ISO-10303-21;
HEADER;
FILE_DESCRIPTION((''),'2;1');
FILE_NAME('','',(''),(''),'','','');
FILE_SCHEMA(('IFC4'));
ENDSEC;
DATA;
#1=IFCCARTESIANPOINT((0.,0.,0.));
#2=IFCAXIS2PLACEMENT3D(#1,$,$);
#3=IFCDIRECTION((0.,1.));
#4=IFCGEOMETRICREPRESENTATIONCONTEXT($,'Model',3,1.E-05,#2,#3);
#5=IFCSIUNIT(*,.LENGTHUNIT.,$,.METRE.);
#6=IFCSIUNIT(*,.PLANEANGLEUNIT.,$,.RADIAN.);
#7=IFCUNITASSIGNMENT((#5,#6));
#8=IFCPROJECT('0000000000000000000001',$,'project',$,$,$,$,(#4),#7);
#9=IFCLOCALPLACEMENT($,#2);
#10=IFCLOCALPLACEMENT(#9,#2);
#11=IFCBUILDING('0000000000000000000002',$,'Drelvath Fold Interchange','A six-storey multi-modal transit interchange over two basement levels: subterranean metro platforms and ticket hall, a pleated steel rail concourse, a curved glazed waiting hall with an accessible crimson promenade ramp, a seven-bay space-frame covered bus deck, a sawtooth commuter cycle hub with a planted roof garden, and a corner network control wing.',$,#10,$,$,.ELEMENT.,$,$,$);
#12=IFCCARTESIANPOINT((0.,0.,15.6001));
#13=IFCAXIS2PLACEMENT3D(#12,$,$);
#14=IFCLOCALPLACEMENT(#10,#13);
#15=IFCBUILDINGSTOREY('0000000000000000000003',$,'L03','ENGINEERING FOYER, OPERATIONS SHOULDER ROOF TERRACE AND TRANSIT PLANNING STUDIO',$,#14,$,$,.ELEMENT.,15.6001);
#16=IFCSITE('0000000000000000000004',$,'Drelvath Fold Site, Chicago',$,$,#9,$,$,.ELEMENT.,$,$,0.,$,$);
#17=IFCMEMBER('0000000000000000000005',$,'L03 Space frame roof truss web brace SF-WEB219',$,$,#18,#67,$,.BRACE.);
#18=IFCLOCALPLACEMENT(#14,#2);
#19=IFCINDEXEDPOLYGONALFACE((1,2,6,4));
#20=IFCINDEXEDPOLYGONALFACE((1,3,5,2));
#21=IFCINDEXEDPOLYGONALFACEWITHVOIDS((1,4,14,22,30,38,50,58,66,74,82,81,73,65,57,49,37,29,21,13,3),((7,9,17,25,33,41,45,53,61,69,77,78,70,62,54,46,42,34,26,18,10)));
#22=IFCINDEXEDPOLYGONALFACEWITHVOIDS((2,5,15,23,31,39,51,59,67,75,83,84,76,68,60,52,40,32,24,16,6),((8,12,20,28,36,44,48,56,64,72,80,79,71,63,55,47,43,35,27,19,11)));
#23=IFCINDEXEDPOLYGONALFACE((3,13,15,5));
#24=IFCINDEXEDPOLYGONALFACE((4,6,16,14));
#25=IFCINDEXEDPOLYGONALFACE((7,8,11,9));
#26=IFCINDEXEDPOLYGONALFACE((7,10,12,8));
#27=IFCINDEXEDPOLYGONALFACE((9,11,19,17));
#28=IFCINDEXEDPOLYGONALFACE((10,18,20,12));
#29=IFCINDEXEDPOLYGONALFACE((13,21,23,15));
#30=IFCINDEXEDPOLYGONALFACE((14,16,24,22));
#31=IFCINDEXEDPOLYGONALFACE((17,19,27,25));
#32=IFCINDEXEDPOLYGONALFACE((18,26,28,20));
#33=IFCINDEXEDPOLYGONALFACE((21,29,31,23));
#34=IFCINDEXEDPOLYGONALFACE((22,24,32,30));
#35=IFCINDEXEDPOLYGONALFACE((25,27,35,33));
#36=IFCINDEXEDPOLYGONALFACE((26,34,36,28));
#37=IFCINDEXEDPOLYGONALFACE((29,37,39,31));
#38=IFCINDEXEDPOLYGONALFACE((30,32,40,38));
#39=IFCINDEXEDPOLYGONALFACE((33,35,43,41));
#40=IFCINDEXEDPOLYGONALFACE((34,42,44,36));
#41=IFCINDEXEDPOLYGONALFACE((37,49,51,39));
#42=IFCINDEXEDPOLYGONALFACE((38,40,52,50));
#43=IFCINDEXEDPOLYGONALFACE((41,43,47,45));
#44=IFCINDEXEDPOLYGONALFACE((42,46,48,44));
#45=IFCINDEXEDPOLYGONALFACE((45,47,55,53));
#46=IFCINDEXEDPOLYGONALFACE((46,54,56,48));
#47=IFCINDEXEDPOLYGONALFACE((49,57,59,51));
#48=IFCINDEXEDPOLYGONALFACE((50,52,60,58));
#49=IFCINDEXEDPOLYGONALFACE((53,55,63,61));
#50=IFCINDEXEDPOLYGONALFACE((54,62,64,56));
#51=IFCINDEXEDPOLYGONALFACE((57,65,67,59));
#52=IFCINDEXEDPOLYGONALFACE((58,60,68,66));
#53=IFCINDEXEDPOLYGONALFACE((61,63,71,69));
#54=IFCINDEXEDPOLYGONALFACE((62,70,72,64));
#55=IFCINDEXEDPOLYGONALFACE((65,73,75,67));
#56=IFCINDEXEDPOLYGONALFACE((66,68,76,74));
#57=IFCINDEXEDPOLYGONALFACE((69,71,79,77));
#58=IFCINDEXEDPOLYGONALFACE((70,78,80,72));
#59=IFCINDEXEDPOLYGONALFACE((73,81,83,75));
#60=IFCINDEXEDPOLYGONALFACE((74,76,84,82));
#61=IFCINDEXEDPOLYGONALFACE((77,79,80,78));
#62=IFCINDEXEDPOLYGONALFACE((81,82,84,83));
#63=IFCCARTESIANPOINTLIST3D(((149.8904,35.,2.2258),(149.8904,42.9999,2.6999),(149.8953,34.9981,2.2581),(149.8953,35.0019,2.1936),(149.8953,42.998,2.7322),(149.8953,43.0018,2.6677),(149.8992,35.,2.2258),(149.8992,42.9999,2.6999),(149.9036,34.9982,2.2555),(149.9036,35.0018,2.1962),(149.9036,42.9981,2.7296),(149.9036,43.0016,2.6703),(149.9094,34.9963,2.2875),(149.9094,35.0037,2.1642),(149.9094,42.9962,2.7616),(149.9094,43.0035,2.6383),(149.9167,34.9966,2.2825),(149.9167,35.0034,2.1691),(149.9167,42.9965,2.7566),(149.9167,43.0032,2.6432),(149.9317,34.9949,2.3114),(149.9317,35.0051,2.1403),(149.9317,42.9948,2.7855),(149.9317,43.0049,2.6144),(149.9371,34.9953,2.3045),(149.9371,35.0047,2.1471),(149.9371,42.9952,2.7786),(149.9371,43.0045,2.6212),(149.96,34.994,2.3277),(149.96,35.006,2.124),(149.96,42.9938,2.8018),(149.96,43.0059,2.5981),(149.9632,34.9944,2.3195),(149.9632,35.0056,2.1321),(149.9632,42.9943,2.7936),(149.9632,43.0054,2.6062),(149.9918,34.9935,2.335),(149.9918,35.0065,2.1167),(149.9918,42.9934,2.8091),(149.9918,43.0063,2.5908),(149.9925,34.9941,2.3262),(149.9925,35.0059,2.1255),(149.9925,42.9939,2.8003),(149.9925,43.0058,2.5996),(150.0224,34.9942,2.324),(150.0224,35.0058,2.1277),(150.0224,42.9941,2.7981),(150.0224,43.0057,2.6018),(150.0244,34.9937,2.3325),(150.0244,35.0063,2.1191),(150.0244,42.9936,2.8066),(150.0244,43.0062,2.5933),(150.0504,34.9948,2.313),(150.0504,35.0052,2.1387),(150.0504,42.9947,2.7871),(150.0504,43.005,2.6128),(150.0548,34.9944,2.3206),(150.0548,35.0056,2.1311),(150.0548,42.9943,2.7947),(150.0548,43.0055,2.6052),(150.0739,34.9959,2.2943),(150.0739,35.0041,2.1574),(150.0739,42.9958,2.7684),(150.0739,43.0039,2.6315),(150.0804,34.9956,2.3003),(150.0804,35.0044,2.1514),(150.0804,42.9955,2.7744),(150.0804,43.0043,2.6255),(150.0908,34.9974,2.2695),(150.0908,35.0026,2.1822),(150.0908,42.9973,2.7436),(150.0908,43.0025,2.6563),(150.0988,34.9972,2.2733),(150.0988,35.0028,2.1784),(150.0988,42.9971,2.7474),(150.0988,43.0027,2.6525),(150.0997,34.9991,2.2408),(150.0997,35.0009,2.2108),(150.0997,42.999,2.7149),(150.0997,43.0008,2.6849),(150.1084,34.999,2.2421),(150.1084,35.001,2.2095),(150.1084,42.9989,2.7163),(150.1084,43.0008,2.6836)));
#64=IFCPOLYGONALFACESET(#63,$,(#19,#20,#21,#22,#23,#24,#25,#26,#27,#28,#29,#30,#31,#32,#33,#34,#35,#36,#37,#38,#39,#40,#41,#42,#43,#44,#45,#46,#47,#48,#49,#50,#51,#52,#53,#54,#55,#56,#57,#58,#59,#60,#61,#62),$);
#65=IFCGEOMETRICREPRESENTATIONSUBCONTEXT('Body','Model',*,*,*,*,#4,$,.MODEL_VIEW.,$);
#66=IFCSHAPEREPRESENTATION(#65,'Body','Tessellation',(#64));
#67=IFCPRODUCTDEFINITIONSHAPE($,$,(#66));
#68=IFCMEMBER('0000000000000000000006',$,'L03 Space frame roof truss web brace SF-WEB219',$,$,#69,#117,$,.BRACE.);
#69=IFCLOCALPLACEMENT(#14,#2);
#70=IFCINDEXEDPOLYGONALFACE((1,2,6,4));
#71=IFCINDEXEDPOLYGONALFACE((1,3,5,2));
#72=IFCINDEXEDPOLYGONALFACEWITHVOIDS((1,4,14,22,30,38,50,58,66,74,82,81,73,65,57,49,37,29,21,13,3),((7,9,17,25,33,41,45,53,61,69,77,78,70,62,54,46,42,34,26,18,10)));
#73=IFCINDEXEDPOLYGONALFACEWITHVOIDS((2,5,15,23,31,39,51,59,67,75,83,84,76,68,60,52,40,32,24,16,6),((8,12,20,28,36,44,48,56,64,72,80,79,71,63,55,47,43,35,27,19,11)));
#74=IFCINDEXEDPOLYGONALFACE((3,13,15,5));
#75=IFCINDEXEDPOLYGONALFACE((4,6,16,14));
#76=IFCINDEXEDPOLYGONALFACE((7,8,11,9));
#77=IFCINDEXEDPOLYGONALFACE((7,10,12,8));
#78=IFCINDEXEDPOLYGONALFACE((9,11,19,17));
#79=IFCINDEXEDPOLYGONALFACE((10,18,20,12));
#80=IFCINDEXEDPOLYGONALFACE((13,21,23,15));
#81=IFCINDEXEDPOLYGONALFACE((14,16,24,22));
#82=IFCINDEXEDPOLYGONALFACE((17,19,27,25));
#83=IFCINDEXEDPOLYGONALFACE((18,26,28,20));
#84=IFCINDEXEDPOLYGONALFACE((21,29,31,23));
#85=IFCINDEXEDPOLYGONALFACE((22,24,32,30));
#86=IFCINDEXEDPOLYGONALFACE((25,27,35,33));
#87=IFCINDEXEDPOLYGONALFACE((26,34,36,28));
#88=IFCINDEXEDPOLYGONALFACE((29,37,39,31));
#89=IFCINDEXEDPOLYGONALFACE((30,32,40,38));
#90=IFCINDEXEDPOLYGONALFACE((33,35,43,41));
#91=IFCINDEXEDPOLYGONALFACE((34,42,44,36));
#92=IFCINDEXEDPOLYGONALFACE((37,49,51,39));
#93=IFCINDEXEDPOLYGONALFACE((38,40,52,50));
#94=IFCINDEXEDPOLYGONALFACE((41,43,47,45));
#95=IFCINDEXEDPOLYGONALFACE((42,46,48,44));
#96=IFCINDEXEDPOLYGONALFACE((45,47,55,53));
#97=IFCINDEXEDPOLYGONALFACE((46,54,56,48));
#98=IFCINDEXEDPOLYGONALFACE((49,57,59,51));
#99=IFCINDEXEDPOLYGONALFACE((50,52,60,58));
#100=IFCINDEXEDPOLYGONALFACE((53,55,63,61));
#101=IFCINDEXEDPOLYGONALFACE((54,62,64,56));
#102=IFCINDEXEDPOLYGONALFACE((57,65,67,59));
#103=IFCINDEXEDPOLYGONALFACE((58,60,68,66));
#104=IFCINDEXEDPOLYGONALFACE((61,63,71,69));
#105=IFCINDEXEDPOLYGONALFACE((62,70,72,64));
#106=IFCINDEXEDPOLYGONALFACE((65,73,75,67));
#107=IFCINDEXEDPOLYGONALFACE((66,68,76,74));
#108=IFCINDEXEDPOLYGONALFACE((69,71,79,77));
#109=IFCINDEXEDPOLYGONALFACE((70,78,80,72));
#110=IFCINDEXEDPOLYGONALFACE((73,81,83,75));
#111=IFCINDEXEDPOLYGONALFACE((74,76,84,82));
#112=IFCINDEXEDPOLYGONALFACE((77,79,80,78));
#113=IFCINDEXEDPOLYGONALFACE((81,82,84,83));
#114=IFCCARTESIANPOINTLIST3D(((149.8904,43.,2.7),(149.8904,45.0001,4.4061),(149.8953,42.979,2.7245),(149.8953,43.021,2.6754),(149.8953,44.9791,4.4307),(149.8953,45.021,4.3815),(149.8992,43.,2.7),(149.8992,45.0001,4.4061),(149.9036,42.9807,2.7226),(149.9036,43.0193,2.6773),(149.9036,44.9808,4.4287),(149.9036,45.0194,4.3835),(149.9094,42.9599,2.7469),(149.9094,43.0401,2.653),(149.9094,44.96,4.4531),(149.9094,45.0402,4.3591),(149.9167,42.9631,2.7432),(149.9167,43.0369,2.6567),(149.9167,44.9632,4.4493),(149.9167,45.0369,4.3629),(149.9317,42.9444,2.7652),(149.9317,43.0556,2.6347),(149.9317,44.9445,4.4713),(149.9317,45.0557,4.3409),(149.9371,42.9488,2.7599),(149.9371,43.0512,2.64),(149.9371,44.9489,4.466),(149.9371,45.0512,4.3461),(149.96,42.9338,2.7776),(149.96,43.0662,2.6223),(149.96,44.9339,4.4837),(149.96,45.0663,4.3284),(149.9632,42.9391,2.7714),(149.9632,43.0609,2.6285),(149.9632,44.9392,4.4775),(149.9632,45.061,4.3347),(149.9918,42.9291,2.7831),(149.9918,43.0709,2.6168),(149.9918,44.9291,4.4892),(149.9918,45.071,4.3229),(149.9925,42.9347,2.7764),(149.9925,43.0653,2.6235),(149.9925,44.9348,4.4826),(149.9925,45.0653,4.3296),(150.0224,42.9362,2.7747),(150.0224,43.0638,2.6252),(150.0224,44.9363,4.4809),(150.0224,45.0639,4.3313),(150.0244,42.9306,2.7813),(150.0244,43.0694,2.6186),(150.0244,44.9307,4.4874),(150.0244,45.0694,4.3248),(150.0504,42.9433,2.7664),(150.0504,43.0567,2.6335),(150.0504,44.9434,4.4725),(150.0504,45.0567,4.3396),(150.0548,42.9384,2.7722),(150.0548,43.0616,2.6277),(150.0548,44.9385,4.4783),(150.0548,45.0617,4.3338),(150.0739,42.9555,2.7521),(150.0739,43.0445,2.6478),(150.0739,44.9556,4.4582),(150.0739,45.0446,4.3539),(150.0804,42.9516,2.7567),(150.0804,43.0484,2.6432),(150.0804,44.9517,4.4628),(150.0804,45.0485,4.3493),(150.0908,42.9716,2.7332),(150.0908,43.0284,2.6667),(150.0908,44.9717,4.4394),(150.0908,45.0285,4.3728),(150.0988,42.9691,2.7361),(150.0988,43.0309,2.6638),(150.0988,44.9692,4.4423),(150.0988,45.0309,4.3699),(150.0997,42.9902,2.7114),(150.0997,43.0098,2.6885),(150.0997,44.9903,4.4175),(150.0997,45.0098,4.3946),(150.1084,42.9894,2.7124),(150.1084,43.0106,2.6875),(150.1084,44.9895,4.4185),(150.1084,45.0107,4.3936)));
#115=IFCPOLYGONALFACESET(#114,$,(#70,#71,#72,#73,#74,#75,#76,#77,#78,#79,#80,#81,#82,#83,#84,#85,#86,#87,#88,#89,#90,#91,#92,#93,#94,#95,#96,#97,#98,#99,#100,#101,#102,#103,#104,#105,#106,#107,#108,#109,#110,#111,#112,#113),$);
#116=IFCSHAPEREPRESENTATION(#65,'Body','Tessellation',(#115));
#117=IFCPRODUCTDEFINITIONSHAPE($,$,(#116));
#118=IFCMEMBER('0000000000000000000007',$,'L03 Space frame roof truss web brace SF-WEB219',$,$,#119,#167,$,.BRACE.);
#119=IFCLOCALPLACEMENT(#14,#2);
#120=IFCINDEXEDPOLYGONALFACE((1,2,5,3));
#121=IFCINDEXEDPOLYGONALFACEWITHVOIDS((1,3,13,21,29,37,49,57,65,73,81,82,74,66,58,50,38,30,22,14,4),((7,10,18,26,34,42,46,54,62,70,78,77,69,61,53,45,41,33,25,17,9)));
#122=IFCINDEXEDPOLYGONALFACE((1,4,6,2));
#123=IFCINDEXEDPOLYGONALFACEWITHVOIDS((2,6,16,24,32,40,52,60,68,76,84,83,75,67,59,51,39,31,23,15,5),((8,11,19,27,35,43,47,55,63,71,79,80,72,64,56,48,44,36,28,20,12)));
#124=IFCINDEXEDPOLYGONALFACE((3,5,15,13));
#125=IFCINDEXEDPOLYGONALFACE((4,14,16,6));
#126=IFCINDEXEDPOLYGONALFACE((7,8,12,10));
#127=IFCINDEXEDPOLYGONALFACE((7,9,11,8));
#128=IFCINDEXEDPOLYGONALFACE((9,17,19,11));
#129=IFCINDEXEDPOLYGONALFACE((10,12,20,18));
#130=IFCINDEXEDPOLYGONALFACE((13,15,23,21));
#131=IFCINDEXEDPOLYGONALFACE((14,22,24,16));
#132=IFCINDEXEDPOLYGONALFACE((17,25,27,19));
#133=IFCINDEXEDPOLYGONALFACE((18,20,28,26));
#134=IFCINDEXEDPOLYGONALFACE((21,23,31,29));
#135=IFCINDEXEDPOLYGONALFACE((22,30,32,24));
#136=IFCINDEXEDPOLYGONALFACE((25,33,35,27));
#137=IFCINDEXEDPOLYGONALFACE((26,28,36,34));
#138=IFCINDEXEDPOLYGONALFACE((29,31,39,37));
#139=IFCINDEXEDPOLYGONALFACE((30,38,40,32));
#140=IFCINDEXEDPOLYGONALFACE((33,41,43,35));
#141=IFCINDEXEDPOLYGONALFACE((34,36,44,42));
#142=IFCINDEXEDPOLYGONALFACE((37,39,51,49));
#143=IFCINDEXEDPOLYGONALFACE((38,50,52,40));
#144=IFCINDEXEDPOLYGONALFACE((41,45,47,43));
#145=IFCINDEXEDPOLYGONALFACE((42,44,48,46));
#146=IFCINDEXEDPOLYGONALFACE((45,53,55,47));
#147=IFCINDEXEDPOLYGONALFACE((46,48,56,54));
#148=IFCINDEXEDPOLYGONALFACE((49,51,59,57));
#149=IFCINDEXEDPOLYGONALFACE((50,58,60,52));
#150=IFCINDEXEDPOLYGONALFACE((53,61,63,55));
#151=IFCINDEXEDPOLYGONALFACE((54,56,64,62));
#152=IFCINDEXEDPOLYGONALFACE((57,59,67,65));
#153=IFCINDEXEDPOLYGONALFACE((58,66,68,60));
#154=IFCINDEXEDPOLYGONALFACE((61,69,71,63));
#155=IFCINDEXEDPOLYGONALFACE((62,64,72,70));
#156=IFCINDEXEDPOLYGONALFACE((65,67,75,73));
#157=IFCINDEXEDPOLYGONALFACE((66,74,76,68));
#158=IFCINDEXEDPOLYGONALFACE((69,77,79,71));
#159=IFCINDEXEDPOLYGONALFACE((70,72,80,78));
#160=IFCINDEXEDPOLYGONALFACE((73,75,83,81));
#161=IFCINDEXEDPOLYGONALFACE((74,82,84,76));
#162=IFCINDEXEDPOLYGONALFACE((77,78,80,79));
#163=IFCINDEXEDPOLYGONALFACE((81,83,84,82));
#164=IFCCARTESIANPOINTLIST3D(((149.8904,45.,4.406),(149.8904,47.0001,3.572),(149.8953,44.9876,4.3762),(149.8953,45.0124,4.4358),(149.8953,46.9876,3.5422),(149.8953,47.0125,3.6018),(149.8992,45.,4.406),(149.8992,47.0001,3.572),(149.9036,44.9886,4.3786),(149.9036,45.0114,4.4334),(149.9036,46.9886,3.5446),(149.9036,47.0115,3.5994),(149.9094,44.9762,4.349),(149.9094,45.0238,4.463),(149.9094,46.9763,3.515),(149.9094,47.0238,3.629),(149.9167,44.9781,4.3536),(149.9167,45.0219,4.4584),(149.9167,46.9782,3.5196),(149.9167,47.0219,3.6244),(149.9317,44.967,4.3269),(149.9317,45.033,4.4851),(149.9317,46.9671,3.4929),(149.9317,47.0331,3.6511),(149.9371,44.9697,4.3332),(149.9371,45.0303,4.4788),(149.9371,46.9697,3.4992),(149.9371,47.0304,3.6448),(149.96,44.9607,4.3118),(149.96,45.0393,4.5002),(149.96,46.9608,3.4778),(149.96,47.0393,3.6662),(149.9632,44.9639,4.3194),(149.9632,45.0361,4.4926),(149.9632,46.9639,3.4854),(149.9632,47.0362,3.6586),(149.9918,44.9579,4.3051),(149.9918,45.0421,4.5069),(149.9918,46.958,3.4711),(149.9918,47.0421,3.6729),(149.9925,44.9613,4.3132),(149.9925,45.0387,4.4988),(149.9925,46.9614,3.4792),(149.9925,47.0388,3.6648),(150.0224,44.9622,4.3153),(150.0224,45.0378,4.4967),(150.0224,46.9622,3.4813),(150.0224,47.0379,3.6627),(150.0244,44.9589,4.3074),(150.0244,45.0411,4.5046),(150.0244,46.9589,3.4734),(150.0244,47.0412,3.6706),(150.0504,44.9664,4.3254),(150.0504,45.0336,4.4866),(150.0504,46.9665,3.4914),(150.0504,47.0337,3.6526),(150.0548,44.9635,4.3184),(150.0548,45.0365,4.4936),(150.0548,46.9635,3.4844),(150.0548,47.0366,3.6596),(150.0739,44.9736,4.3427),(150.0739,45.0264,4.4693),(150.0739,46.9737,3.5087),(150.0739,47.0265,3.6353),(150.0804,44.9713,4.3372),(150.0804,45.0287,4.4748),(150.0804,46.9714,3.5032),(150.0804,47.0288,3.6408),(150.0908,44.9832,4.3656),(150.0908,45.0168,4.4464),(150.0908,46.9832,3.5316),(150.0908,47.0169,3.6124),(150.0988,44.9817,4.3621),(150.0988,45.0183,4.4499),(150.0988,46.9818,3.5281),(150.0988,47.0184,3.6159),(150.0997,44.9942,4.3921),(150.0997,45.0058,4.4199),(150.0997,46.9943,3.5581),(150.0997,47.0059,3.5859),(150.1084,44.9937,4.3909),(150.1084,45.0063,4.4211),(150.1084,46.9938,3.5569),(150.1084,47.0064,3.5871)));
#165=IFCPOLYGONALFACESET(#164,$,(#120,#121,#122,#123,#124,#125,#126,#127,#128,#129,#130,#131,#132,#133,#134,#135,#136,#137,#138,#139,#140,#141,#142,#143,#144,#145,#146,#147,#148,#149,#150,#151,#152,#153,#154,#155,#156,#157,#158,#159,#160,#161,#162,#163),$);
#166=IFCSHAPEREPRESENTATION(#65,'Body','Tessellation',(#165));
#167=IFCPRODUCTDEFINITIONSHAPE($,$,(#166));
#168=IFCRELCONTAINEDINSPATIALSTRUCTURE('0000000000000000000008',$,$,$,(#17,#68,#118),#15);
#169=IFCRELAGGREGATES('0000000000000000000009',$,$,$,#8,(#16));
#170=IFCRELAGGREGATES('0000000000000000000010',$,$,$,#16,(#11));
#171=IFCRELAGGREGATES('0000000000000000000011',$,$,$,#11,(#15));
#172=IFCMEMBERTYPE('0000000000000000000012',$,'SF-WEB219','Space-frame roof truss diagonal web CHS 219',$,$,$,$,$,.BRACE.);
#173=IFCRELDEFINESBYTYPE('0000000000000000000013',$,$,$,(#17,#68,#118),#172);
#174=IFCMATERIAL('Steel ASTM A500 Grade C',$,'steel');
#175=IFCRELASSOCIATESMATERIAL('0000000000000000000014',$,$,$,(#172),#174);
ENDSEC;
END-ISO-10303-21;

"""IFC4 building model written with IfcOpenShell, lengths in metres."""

from ifc_helpers import new_model, si_unit, direction, frame, origin, origin_2d, place, context, subcontext, project, spatial, hollow_circle, extrude, material, material_profile, profile_set, type_object, element, save


model = new_model("IFC4")

# Units and contexts
model_context = context("Model", 3, precision=1e-05, world=origin(), true_north=direction((0.0, 1.0)))
body_context = subcontext(model_context, "Body", "Model", "MODEL_VIEW")
ifc_project = project(units=[si_unit("LENGTHUNIT", "METRE"), si_unit("PLANEANGLEUNIT", "RADIAN")], contexts=[model_context])

# Site, building, storey
site_placement = place(None, origin())
site = spatial("IfcSite", under=ifc_project, at=site_placement, Name="Drelvath Fold Site, Chicago", CompositionType="ELEMENT", RefElevation=0.0)
building_placement = place(site_placement, origin())
building = spatial("IfcBuilding", under=site, at=building_placement, Name="Drelvath Fold Interchange", Description="A six-storey multi-modal transit interchange over two basement levels: subterranean metro platforms and ticket hall, a pleated steel rail concourse, a curved glazed waiting hall with an accessible crimson promenade ramp, a seven-bay space-frame covered bus deck, a sawtooth commuter cycle hub with a planted roof garden, and a corner network control wing.", CompositionType="ELEMENT")
storey_placement = place(building_placement, frame((0.0, 0.0, 15.6001)))
storey = spatial("IfcBuildingStorey", under=building, at=storey_placement, Name="L03", Description="ENGINEERING FOYER, OPERATIONS SHOULDER ROOF TERRACE AND TRANSIT PLANNING STUDIO", CompositionType="ELEMENT", Elevation=15.6001)

# Shared definitions
ifc_material_1 = material(Name="Steel ASTM A500 Grade C", Category="steel")

# Members
ifc_material_profile_1 = material_profile(ifc_material_1, hollow_circle(Radius=0.1096, WallThickness=0.0088, at=origin_2d()), Name="HSS8.625X0.375")
ifc_profile_set_1 = profile_set([ifc_material_profile_1], Name="Steel ASTM A500 Grade C")
member_type_1 = type_object("IfcMemberType", Name="SF-WEB219", Description="Space-frame roof truss diagonal web CHS 219", PredefinedType="BRACE", material=ifc_profile_set_1)
member_1_placement = place(storey_placement, frame((150.0, 35.0, 2.2258), z_axis=(0.0, 0.998248, 0.059161), x_axis=(-1.0, 0.0, 0.0)))
element("IfcMember", 1, at=member_1_placement, inside=storey, type_object=member_type_1, Name="L03 Space frame roof truss web brace SF-WEB219", PredefinedType="BRACE", context=body_context, shape_type="SweptSolid", body=[
    extrude(hollow_circle(Radius=0.1096, WallThickness=0.0088, at=origin_2d()), origin(), (0.0, 0.0, 1.0), 8.0139),
])
member_2_placement = place(storey_placement, frame((150.0, 43.0, 2.7), z_axis=(0.0, 0.760802, 0.648985), x_axis=(-1.0, 0.0, 0.0)))
element("IfcMember", 2, at=member_2_placement, inside=storey, type_object=member_type_1, Name="L03 Space frame roof truss web brace SF-WEB219", PredefinedType="BRACE", context=body_context, shape_type="SweptSolid", body=[
    extrude(hollow_circle(Radius=0.1096, WallThickness=0.0088, at=origin_2d()), origin(), (0.0, 0.0, 1.0), 2.6289),
])
member_3_placement = place(storey_placement, frame((150.0, 45.0, 4.406), z_axis=(0.0, 0.92297, -0.384871), x_axis=(-1.0, 0.0, 0.0)))
element("IfcMember", 3, at=member_3_placement, inside=storey, type_object=member_type_1, Name="L03 Space frame roof truss web brace SF-WEB219", PredefinedType="BRACE", context=body_context, shape_type="SweptSolid", body=[
    extrude(hollow_circle(Radius=0.1096, WallThickness=0.0088, at=origin_2d()), origin(), (0.0, 0.0, 1.0), 2.167),
])

save(model, "model.ifc")
